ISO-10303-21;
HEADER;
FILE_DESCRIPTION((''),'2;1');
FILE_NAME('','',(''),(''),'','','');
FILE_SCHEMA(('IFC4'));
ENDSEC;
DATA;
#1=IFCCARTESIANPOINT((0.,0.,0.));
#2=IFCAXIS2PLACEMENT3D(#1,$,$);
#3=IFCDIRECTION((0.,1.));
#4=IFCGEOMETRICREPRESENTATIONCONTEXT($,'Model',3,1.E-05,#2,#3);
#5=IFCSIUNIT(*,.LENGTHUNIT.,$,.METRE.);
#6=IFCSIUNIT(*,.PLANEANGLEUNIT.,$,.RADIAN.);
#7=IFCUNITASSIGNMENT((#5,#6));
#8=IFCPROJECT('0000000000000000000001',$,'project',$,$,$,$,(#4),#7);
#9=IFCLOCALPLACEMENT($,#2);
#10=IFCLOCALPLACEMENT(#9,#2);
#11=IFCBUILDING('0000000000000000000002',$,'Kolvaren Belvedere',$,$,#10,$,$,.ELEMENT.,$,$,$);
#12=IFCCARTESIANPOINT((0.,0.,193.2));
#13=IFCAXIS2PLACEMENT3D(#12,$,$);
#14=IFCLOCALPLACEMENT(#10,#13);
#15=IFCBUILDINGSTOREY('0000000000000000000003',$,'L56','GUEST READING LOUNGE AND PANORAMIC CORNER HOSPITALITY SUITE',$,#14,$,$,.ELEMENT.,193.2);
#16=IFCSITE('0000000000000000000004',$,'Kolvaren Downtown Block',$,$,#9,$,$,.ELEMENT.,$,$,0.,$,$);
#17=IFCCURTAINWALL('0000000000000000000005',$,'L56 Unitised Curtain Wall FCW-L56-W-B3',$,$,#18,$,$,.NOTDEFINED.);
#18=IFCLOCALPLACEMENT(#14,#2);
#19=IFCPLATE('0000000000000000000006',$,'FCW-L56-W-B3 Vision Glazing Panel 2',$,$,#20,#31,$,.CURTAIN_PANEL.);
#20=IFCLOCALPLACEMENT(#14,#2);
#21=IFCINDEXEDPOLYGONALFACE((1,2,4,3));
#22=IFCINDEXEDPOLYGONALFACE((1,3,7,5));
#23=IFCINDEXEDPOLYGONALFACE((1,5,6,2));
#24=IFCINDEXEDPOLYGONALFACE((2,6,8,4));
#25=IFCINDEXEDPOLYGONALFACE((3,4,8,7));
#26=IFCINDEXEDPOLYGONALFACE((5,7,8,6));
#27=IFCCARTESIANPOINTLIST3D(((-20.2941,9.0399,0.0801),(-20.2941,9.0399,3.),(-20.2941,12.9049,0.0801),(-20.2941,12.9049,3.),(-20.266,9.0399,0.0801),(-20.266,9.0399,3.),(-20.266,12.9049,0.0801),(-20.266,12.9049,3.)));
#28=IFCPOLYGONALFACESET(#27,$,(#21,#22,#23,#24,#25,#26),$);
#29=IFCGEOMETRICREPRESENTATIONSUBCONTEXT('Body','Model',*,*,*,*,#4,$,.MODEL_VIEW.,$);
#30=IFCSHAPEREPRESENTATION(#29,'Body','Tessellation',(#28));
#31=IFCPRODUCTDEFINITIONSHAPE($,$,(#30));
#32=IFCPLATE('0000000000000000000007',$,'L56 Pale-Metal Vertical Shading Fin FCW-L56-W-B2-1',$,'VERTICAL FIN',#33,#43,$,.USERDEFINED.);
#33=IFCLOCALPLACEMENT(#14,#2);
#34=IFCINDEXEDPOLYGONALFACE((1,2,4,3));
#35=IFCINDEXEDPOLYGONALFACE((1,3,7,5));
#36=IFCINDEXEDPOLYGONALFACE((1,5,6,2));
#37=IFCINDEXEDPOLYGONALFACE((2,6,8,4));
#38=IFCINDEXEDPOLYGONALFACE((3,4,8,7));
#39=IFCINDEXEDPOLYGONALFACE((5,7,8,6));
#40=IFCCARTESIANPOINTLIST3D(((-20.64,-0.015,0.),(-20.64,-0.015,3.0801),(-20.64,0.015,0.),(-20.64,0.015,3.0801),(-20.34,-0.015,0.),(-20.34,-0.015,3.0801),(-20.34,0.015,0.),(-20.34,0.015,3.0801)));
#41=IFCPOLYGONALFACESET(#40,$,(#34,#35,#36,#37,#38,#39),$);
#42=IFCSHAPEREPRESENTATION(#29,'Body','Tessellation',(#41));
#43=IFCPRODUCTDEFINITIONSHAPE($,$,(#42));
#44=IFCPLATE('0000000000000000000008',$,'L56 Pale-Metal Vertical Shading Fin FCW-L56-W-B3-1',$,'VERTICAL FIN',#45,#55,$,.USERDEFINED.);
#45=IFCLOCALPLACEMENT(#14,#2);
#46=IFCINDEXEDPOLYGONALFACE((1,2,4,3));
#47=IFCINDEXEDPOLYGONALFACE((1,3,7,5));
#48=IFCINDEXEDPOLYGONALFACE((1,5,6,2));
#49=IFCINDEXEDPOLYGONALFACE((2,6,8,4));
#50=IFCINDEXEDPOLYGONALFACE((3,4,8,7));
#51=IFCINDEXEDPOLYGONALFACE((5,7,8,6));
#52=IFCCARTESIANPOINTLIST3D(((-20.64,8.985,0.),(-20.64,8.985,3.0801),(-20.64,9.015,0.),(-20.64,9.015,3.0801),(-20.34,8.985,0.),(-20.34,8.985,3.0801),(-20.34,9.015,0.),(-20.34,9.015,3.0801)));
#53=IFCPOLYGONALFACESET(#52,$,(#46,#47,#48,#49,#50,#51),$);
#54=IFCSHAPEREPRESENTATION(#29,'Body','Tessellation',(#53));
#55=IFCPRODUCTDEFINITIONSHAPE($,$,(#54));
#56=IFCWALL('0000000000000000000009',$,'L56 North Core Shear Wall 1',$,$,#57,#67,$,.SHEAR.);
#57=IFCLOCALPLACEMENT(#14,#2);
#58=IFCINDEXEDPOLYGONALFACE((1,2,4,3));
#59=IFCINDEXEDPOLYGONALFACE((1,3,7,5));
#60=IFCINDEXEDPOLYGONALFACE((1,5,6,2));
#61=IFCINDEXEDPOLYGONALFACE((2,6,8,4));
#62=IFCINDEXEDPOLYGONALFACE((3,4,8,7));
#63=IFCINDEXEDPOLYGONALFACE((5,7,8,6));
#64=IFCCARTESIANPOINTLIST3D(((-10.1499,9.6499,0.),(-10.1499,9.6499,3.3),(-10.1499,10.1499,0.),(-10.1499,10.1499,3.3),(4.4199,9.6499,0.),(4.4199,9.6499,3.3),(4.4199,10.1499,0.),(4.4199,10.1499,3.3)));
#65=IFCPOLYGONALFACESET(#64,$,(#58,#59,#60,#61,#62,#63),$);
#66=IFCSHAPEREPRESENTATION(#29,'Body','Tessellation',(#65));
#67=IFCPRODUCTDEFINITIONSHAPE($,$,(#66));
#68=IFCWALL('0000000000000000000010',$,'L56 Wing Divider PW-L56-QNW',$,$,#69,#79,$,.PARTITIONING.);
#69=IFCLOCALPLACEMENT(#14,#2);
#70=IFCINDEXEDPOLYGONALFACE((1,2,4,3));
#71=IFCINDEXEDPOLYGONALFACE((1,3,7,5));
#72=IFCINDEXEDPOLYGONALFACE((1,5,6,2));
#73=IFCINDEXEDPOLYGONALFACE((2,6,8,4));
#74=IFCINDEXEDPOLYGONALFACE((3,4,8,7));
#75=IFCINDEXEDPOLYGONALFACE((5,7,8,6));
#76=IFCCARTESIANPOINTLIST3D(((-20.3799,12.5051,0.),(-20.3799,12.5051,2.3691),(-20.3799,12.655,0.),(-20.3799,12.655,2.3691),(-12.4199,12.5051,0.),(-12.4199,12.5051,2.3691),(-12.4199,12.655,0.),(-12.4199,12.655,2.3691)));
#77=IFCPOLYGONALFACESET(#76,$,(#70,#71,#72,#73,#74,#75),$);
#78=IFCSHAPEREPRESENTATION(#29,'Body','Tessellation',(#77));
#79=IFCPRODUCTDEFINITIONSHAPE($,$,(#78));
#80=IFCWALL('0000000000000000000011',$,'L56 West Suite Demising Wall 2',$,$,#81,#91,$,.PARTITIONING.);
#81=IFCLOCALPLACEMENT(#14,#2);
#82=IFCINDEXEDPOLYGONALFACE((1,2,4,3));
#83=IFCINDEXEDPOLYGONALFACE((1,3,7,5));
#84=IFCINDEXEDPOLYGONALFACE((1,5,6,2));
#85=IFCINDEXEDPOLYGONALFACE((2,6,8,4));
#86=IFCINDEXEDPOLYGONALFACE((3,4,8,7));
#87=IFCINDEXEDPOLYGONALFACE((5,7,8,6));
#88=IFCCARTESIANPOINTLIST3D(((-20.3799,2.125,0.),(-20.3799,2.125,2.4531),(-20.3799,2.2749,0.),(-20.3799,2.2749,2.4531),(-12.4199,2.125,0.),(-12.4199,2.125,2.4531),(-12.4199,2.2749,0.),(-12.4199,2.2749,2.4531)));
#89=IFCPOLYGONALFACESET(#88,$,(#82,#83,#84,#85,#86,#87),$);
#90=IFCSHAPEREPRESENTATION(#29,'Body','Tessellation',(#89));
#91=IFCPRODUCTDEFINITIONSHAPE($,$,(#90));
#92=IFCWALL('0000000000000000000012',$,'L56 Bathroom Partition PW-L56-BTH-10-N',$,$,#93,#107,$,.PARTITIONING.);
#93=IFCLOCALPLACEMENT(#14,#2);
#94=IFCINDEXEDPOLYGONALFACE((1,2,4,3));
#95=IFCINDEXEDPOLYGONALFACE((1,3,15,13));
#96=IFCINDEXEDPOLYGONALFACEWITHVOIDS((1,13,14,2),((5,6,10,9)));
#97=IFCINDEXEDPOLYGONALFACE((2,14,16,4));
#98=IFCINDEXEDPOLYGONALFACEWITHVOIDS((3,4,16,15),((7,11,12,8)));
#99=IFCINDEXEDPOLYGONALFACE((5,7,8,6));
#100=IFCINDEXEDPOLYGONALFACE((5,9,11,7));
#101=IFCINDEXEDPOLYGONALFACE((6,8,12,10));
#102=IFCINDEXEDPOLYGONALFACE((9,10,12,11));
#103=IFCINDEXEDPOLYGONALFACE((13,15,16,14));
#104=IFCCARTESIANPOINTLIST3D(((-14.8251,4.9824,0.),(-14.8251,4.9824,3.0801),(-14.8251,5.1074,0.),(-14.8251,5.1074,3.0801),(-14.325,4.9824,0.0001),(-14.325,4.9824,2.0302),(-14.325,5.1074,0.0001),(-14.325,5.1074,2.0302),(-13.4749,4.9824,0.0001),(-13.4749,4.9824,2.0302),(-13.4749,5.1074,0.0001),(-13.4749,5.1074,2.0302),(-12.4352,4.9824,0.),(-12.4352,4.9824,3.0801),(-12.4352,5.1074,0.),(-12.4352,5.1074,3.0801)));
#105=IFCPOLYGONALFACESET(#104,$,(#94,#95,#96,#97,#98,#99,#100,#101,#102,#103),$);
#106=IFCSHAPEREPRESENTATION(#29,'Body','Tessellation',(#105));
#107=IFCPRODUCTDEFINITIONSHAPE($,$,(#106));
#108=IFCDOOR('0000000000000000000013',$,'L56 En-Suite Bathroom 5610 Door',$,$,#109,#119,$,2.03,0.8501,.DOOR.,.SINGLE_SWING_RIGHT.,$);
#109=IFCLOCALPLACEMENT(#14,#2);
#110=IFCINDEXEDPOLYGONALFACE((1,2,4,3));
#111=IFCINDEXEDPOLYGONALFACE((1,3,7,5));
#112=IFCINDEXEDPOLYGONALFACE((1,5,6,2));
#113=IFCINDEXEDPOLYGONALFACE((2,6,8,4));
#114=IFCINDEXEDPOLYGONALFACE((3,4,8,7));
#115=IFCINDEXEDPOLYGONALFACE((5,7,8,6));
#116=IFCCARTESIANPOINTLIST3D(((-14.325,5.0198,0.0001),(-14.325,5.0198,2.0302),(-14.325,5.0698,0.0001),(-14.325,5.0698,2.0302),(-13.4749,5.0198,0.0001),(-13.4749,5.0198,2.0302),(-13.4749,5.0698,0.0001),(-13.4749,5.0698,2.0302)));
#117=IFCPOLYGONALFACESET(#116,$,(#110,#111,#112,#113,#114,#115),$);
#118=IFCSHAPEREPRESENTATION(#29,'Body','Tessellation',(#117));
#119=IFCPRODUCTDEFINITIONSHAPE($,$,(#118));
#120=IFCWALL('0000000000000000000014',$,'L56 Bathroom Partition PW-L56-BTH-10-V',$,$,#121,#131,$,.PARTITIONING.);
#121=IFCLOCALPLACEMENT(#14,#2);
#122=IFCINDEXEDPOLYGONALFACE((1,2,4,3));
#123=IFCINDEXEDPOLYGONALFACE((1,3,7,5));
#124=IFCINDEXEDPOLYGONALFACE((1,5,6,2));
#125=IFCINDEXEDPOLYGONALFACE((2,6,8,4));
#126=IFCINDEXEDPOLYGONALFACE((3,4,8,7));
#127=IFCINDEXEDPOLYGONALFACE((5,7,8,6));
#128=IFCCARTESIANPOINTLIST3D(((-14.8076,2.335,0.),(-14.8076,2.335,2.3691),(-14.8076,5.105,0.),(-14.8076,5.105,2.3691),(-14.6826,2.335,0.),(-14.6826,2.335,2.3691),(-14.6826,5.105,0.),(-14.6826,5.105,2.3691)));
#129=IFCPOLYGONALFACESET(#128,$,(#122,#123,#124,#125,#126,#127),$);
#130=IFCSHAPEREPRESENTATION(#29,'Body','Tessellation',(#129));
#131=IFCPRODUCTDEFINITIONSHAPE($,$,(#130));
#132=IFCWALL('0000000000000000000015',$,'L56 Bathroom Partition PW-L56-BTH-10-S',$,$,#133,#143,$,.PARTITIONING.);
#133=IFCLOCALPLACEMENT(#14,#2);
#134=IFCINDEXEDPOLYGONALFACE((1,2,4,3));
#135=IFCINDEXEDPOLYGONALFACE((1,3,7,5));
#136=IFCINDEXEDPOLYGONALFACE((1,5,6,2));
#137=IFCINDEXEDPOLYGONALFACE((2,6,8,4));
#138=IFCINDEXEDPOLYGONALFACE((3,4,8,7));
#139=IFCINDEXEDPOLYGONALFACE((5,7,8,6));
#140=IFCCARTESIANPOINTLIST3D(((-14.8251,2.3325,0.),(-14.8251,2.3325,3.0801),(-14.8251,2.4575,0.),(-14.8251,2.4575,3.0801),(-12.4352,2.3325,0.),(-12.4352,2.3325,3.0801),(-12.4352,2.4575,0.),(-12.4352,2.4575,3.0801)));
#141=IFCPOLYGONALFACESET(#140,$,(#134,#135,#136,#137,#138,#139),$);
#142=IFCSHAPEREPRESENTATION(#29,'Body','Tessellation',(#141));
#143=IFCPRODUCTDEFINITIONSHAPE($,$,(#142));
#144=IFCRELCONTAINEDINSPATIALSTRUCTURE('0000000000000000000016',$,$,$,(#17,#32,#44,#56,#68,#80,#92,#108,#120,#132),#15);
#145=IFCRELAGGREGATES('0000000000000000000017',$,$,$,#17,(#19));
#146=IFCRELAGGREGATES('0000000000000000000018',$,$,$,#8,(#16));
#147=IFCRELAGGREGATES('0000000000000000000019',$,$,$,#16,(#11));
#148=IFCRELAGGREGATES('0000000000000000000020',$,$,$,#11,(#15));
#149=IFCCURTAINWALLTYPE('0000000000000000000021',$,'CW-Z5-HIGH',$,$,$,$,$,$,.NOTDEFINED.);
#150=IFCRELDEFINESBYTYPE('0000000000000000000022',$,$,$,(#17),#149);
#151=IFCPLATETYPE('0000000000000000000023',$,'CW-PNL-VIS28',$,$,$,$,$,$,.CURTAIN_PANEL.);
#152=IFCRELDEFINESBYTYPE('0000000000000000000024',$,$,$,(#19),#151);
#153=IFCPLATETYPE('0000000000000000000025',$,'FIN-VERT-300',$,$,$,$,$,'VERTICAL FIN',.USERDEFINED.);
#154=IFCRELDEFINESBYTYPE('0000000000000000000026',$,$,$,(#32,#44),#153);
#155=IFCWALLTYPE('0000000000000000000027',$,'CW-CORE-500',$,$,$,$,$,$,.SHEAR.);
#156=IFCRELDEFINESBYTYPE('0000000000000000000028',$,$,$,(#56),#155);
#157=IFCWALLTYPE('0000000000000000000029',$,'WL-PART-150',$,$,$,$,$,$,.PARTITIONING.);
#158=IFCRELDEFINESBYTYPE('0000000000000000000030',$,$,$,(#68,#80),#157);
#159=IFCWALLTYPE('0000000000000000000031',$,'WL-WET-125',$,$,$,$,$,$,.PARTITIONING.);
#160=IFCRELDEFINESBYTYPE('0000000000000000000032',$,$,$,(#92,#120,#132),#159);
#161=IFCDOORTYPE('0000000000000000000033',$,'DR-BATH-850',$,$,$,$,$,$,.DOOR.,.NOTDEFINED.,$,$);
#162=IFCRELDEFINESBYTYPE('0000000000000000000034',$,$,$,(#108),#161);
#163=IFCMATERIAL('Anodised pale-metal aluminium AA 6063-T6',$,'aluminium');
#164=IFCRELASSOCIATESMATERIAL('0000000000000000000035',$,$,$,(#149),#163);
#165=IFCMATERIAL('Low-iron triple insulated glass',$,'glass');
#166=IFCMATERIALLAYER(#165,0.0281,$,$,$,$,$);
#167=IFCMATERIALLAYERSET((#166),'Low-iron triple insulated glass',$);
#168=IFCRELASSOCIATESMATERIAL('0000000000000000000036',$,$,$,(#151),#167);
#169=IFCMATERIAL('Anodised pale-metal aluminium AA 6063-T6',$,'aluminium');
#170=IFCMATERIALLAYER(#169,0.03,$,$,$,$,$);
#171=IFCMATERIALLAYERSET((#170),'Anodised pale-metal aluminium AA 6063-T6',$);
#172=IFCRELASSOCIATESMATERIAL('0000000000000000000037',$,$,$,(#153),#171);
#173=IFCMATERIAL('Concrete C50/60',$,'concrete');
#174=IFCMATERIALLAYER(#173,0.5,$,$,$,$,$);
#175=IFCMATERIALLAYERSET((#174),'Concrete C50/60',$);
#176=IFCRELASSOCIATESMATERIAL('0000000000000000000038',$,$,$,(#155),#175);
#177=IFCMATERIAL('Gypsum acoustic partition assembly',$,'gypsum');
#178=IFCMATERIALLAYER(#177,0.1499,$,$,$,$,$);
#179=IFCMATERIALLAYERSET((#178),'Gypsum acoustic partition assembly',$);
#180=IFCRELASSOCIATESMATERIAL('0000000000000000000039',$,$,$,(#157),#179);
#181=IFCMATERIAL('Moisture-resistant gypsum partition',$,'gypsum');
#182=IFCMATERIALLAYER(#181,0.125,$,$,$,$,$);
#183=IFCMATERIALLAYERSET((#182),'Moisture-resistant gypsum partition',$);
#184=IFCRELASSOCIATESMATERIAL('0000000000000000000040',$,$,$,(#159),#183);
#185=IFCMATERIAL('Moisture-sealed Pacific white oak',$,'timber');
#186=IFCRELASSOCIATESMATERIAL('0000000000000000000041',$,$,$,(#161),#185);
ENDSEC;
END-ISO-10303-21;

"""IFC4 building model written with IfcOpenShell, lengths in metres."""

from ifc_helpers import new_model, si_unit, direction, frame, frame_2d, origin, origin_2d, place, context, subcontext, project, spatial, rectangle, extrude, material, layer, layer_set, type_object, element, fill, aggregate, save


model = new_model("IFC4")

# Units and contexts
model_context = context("Model", 3, precision=1e-05, world=origin(), true_north=direction((0.0, 1.0)))
body_context = subcontext(model_context, "Body", "Model", "MODEL_VIEW")
ifc_project = project(units=[si_unit("LENGTHUNIT", "METRE"), si_unit("PLANEANGLEUNIT", "RADIAN")], contexts=[model_context])

# Site, building, storey
site_placement = place(None, origin())
site = spatial("IfcSite", under=ifc_project, at=site_placement, Name="Kolvaren Downtown Block", CompositionType="ELEMENT", RefElevation=0.0)
building_placement = place(site_placement, origin())
building = spatial("IfcBuilding", under=site, at=building_placement, Name="Kolvaren Belvedere", CompositionType="ELEMENT")
storey_placement = place(building_placement, frame((0.0, 0.0, 193.2)))
storey = spatial("IfcBuildingStorey", under=building, at=storey_placement, Name="L56", Description="GUEST READING LOUNGE AND PANORAMIC CORNER HOSPITALITY SUITE", CompositionType="ELEMENT", Elevation=193.2)

# Curtain wall
ifc_material_1 = material(Name="Anodised pale-metal aluminium AA 6063-T6", Category="aluminium")
curtain_wall_type = type_object("IfcCurtainWallType", Name="CW-Z5-HIGH", PredefinedType="NOTDEFINED", material=ifc_material_1)
curtain_wall_1_placement = place(storey_placement, origin())
curtain_wall_1 = element("IfcCurtainWall", 1, at=curtain_wall_1_placement, inside=storey, type_object=curtain_wall_type, Name="L56 Unitised Curtain Wall FCW-L56-W-B3", PredefinedType="NOTDEFINED")

# Plate
ifc_material_2 = material(Name="Low-iron triple insulated glass", Category="glass")
ifc_layer_1 = layer(ifc_material_2, 0.0281)
ifc_layer_set_1 = layer_set([ifc_layer_1], Name="Low-iron triple insulated glass")
plate_type_1 = type_object("IfcPlateType", Name="CW-PNL-VIS28", PredefinedType="CURTAIN_PANEL", material=ifc_layer_set_1)
plate_1_placement = place(storey_placement, frame((-20.28, 10.9724, 0.0801), z_axis=(0.0, 0.0, 1.0), x_axis=(0.0, 1.0, 0.0)))
plate_1 = element("IfcPlate", 2, at=plate_1_placement, type_object=plate_type_1, Name="FCW-L56-W-B3 Vision Glazing Panel 2", PredefinedType="CURTAIN_PANEL", context=body_context, shape_type="SweptSolid", body=[
    extrude(rectangle(XDim=3.865, YDim=0.0281, at=origin_2d()), origin(), (0.0, 0.0, 1.0), 2.9199),
])
aggregate(curtain_wall_1, [plate_1])

# Plates
ifc_material_3 = material(Name="Anodised pale-metal aluminium AA 6063-T6", Category="aluminium")
ifc_layer_2 = layer(ifc_material_3, 0.03)
ifc_layer_set_2 = layer_set([ifc_layer_2], Name="Anodised pale-metal aluminium AA 6063-T6")
plate_type_2 = type_object("IfcPlateType", Name="FIN-VERT-300", ElementType="VERTICAL FIN", PredefinedType="USERDEFINED", material=ifc_layer_set_2)
for number, where, z_axis, x_axis, name in (
    (3, (-20.49, 0.0, 0.0), (0.0, 0.0, 1.0), (1.0, 0.0, 0.0), "L56 Pale-Metal Vertical Shading Fin FCW-L56-W-B2-1"),
    (4, (-20.49, 9.0, 0.0), (0.0, 0.0, 1.0), (1.0, 0.0, 0.0), "L56 Pale-Metal Vertical Shading Fin FCW-L56-W-B3-1"),
):
    element("IfcPlate", number, at=place(storey_placement, frame(where, z_axis=z_axis, x_axis=x_axis)), inside=storey, type_object=plate_type_2, Name=name, ObjectType="VERTICAL FIN", PredefinedType="USERDEFINED", context=body_context, shape_type="SweptSolid", body=[
        extrude(rectangle(XDim=0.3, YDim=0.03, at=origin_2d()), origin(), (0.0, 0.0, 1.0), 3.0801),
    ])

# Walls
ifc_material_4 = material(Name="Concrete C50/60", Category="concrete")
ifc_layer_3 = layer(ifc_material_4, 0.5)
ifc_layer_set_3 = layer_set([ifc_layer_3], Name="Concrete C50/60")
wall_type_1 = type_object("IfcWallType", Name="CW-CORE-500", PredefinedType="SHEAR", material=ifc_layer_set_3)
wall_1_placement = place(storey_placement, frame((-10.1499, 9.8999, 0.0), z_axis=(0.0, 0.0, 1.0), x_axis=(1.0, 0.0, 0.0)))
element("IfcWall", 5, at=wall_1_placement, inside=storey, type_object=wall_type_1, Name="L56 North Core Shear Wall 1", PredefinedType="SHEAR", context=body_context, shape_type="SweptSolid", body=[
    extrude(rectangle(XDim=14.5698, YDim=0.5, at=frame_2d((7.2849, 0.0))), origin(), (0.0, 0.0, 1.0), 3.3),
])
ifc_material_5 = material(Name="Gypsum acoustic partition assembly", Category="gypsum")
ifc_layer_4 = layer(ifc_material_5, 0.1499)
ifc_layer_set_4 = layer_set([ifc_layer_4], Name="Gypsum acoustic partition assembly")
wall_type_2 = type_object("IfcWallType", Name="WL-PART-150", PredefinedType="PARTITIONING", material=ifc_layer_set_4)
wall_2_placement = place(storey_placement, frame((-20.3799, 12.5801, 0.0), z_axis=(0.0, 0.0, 1.0), x_axis=(1.0, 0.0, 0.0)))
element("IfcWall", 6, at=wall_2_placement, inside=storey, type_object=wall_type_2, Name="L56 Wing Divider PW-L56-QNW", PredefinedType="PARTITIONING", context=body_context, shape_type="SweptSolid", body=[
    extrude(rectangle(XDim=7.96, YDim=0.1499, at=frame_2d((3.98, 0.0))), origin(), (0.0, 0.0, 1.0), 2.3691),
])
wall_3_placement = place(storey_placement, frame((-20.3799, 2.2, 0.0), z_axis=(0.0, 0.0, 1.0), x_axis=(1.0, 0.0, 0.0)))
element("IfcWall", 7, at=wall_3_placement, inside=storey, type_object=wall_type_2, Name="L56 West Suite Demising Wall 2", PredefinedType="PARTITIONING", context=body_context, shape_type="SweptSolid", body=[
    extrude(rectangle(XDim=7.96, YDim=0.1499, at=frame_2d((3.98, 0.0))), origin(), (0.0, 0.0, 1.0), 2.4531),
])

# Wall, opening, door
ifc_material_6 = material(Name="Moisture-resistant gypsum partition", Category="gypsum")
ifc_layer_5 = layer(ifc_material_6, 0.125)
ifc_layer_set_5 = layer_set([ifc_layer_5], Name="Moisture-resistant gypsum partition")
wall_type_3 = type_object("IfcWallType", Name="WL-WET-125", PredefinedType="PARTITIONING", material=ifc_layer_set_5)
wall_4_placement = place(storey_placement, frame((-14.825, 5.0449, 0.0), z_axis=(0.0, 0.0, 1.0), x_axis=(1.0, 0.0, 0.0)))
wall_4 = element("IfcWall", 8, at=wall_4_placement, inside=storey, type_object=wall_type_3, Name="L56 Bathroom Partition PW-L56-BTH-10-N", PredefinedType="PARTITIONING", context=body_context, shape_type="SweptSolid", body=[
    extrude(rectangle(XDim=2.3899, YDim=0.125, at=frame_2d((1.1948, 0.0))), origin(), (0.0, 0.0, 1.0), 3.0801),
])
opening_placement = place(wall_4_placement, frame((0.5, 0.0, 0.0)))
opening = element("IfcOpeningElement", 9, at=opening_placement, cuts=wall_4, PredefinedType="OPENING", context=body_context, shape_type="SweptSolid", body=[
    extrude(rectangle(XDim=0.8501, YDim=2.03, at=frame_2d((0.425, 1.0151))), frame((0.0, 0.0725, 0.0), z_axis=(0.0, -1.0, 0.0), x_axis=(1.0, 0.0, 0.0)), (0.0, 0.0, 1.0), 0.145),
])
ifc_material_7 = material(Name="Moisture-sealed Pacific white oak", Category="timber")
door_type = type_object("IfcDoorType", Name="DR-BATH-850", OperationType="NOTDEFINED", PredefinedType="DOOR", material=ifc_material_7)
door_placement = place(opening_placement, origin())
door = element("IfcDoor", 10, at=door_placement, inside=storey, type_object=door_type, Name="L56 En-Suite Bathroom 5610 Door", OperationType="SINGLE_SWING_RIGHT", OverallHeight=2.03, OverallWidth=0.8501, PredefinedType="DOOR", context=body_context, shape_type="SweptSolid", body=[
    extrude(rectangle(XDim=0.8501, YDim=2.03, at=frame_2d((0.425, 1.0151))), frame((0.0, 0.0249, 0.0), z_axis=(0.0, -1.0, 0.0), x_axis=(1.0, 0.0, 0.0)), (0.0, 0.0, 1.0), 0.05),
])
fill(opening, door)

# Walls
wall_5_placement = place(storey_placement, frame((-14.7451, 2.335, 0.0), z_axis=(0.0, 0.0, 1.0), x_axis=(0.0, 1.0, 0.0)))
element("IfcWall", 11, at=wall_5_placement, inside=storey, type_object=wall_type_3, Name="L56 Bathroom Partition PW-L56-BTH-10-V", PredefinedType="PARTITIONING", context=body_context, shape_type="SweptSolid", body=[
    extrude(rectangle(XDim=2.77, YDim=0.125, at=frame_2d((1.385, 0.0))), origin(), (0.0, 0.0, 1.0), 2.3691),
])
wall_6_placement = place(storey_placement, frame((-14.825, 2.395, 0.0), z_axis=(0.0, 0.0, 1.0), x_axis=(1.0, 0.0, 0.0)))
element("IfcWall", 12, at=wall_6_placement, inside=storey, type_object=wall_type_3, Name="L56 Bathroom Partition PW-L56-BTH-10-S", PredefinedType="PARTITIONING", context=body_context, shape_type="SweptSolid", body=[
    extrude(rectangle(XDim=2.3899, YDim=0.125, at=frame_2d((1.1948, 0.0))), origin(), (0.0, 0.0, 1.0), 3.0801),
])

save(model, "model.ifc")
